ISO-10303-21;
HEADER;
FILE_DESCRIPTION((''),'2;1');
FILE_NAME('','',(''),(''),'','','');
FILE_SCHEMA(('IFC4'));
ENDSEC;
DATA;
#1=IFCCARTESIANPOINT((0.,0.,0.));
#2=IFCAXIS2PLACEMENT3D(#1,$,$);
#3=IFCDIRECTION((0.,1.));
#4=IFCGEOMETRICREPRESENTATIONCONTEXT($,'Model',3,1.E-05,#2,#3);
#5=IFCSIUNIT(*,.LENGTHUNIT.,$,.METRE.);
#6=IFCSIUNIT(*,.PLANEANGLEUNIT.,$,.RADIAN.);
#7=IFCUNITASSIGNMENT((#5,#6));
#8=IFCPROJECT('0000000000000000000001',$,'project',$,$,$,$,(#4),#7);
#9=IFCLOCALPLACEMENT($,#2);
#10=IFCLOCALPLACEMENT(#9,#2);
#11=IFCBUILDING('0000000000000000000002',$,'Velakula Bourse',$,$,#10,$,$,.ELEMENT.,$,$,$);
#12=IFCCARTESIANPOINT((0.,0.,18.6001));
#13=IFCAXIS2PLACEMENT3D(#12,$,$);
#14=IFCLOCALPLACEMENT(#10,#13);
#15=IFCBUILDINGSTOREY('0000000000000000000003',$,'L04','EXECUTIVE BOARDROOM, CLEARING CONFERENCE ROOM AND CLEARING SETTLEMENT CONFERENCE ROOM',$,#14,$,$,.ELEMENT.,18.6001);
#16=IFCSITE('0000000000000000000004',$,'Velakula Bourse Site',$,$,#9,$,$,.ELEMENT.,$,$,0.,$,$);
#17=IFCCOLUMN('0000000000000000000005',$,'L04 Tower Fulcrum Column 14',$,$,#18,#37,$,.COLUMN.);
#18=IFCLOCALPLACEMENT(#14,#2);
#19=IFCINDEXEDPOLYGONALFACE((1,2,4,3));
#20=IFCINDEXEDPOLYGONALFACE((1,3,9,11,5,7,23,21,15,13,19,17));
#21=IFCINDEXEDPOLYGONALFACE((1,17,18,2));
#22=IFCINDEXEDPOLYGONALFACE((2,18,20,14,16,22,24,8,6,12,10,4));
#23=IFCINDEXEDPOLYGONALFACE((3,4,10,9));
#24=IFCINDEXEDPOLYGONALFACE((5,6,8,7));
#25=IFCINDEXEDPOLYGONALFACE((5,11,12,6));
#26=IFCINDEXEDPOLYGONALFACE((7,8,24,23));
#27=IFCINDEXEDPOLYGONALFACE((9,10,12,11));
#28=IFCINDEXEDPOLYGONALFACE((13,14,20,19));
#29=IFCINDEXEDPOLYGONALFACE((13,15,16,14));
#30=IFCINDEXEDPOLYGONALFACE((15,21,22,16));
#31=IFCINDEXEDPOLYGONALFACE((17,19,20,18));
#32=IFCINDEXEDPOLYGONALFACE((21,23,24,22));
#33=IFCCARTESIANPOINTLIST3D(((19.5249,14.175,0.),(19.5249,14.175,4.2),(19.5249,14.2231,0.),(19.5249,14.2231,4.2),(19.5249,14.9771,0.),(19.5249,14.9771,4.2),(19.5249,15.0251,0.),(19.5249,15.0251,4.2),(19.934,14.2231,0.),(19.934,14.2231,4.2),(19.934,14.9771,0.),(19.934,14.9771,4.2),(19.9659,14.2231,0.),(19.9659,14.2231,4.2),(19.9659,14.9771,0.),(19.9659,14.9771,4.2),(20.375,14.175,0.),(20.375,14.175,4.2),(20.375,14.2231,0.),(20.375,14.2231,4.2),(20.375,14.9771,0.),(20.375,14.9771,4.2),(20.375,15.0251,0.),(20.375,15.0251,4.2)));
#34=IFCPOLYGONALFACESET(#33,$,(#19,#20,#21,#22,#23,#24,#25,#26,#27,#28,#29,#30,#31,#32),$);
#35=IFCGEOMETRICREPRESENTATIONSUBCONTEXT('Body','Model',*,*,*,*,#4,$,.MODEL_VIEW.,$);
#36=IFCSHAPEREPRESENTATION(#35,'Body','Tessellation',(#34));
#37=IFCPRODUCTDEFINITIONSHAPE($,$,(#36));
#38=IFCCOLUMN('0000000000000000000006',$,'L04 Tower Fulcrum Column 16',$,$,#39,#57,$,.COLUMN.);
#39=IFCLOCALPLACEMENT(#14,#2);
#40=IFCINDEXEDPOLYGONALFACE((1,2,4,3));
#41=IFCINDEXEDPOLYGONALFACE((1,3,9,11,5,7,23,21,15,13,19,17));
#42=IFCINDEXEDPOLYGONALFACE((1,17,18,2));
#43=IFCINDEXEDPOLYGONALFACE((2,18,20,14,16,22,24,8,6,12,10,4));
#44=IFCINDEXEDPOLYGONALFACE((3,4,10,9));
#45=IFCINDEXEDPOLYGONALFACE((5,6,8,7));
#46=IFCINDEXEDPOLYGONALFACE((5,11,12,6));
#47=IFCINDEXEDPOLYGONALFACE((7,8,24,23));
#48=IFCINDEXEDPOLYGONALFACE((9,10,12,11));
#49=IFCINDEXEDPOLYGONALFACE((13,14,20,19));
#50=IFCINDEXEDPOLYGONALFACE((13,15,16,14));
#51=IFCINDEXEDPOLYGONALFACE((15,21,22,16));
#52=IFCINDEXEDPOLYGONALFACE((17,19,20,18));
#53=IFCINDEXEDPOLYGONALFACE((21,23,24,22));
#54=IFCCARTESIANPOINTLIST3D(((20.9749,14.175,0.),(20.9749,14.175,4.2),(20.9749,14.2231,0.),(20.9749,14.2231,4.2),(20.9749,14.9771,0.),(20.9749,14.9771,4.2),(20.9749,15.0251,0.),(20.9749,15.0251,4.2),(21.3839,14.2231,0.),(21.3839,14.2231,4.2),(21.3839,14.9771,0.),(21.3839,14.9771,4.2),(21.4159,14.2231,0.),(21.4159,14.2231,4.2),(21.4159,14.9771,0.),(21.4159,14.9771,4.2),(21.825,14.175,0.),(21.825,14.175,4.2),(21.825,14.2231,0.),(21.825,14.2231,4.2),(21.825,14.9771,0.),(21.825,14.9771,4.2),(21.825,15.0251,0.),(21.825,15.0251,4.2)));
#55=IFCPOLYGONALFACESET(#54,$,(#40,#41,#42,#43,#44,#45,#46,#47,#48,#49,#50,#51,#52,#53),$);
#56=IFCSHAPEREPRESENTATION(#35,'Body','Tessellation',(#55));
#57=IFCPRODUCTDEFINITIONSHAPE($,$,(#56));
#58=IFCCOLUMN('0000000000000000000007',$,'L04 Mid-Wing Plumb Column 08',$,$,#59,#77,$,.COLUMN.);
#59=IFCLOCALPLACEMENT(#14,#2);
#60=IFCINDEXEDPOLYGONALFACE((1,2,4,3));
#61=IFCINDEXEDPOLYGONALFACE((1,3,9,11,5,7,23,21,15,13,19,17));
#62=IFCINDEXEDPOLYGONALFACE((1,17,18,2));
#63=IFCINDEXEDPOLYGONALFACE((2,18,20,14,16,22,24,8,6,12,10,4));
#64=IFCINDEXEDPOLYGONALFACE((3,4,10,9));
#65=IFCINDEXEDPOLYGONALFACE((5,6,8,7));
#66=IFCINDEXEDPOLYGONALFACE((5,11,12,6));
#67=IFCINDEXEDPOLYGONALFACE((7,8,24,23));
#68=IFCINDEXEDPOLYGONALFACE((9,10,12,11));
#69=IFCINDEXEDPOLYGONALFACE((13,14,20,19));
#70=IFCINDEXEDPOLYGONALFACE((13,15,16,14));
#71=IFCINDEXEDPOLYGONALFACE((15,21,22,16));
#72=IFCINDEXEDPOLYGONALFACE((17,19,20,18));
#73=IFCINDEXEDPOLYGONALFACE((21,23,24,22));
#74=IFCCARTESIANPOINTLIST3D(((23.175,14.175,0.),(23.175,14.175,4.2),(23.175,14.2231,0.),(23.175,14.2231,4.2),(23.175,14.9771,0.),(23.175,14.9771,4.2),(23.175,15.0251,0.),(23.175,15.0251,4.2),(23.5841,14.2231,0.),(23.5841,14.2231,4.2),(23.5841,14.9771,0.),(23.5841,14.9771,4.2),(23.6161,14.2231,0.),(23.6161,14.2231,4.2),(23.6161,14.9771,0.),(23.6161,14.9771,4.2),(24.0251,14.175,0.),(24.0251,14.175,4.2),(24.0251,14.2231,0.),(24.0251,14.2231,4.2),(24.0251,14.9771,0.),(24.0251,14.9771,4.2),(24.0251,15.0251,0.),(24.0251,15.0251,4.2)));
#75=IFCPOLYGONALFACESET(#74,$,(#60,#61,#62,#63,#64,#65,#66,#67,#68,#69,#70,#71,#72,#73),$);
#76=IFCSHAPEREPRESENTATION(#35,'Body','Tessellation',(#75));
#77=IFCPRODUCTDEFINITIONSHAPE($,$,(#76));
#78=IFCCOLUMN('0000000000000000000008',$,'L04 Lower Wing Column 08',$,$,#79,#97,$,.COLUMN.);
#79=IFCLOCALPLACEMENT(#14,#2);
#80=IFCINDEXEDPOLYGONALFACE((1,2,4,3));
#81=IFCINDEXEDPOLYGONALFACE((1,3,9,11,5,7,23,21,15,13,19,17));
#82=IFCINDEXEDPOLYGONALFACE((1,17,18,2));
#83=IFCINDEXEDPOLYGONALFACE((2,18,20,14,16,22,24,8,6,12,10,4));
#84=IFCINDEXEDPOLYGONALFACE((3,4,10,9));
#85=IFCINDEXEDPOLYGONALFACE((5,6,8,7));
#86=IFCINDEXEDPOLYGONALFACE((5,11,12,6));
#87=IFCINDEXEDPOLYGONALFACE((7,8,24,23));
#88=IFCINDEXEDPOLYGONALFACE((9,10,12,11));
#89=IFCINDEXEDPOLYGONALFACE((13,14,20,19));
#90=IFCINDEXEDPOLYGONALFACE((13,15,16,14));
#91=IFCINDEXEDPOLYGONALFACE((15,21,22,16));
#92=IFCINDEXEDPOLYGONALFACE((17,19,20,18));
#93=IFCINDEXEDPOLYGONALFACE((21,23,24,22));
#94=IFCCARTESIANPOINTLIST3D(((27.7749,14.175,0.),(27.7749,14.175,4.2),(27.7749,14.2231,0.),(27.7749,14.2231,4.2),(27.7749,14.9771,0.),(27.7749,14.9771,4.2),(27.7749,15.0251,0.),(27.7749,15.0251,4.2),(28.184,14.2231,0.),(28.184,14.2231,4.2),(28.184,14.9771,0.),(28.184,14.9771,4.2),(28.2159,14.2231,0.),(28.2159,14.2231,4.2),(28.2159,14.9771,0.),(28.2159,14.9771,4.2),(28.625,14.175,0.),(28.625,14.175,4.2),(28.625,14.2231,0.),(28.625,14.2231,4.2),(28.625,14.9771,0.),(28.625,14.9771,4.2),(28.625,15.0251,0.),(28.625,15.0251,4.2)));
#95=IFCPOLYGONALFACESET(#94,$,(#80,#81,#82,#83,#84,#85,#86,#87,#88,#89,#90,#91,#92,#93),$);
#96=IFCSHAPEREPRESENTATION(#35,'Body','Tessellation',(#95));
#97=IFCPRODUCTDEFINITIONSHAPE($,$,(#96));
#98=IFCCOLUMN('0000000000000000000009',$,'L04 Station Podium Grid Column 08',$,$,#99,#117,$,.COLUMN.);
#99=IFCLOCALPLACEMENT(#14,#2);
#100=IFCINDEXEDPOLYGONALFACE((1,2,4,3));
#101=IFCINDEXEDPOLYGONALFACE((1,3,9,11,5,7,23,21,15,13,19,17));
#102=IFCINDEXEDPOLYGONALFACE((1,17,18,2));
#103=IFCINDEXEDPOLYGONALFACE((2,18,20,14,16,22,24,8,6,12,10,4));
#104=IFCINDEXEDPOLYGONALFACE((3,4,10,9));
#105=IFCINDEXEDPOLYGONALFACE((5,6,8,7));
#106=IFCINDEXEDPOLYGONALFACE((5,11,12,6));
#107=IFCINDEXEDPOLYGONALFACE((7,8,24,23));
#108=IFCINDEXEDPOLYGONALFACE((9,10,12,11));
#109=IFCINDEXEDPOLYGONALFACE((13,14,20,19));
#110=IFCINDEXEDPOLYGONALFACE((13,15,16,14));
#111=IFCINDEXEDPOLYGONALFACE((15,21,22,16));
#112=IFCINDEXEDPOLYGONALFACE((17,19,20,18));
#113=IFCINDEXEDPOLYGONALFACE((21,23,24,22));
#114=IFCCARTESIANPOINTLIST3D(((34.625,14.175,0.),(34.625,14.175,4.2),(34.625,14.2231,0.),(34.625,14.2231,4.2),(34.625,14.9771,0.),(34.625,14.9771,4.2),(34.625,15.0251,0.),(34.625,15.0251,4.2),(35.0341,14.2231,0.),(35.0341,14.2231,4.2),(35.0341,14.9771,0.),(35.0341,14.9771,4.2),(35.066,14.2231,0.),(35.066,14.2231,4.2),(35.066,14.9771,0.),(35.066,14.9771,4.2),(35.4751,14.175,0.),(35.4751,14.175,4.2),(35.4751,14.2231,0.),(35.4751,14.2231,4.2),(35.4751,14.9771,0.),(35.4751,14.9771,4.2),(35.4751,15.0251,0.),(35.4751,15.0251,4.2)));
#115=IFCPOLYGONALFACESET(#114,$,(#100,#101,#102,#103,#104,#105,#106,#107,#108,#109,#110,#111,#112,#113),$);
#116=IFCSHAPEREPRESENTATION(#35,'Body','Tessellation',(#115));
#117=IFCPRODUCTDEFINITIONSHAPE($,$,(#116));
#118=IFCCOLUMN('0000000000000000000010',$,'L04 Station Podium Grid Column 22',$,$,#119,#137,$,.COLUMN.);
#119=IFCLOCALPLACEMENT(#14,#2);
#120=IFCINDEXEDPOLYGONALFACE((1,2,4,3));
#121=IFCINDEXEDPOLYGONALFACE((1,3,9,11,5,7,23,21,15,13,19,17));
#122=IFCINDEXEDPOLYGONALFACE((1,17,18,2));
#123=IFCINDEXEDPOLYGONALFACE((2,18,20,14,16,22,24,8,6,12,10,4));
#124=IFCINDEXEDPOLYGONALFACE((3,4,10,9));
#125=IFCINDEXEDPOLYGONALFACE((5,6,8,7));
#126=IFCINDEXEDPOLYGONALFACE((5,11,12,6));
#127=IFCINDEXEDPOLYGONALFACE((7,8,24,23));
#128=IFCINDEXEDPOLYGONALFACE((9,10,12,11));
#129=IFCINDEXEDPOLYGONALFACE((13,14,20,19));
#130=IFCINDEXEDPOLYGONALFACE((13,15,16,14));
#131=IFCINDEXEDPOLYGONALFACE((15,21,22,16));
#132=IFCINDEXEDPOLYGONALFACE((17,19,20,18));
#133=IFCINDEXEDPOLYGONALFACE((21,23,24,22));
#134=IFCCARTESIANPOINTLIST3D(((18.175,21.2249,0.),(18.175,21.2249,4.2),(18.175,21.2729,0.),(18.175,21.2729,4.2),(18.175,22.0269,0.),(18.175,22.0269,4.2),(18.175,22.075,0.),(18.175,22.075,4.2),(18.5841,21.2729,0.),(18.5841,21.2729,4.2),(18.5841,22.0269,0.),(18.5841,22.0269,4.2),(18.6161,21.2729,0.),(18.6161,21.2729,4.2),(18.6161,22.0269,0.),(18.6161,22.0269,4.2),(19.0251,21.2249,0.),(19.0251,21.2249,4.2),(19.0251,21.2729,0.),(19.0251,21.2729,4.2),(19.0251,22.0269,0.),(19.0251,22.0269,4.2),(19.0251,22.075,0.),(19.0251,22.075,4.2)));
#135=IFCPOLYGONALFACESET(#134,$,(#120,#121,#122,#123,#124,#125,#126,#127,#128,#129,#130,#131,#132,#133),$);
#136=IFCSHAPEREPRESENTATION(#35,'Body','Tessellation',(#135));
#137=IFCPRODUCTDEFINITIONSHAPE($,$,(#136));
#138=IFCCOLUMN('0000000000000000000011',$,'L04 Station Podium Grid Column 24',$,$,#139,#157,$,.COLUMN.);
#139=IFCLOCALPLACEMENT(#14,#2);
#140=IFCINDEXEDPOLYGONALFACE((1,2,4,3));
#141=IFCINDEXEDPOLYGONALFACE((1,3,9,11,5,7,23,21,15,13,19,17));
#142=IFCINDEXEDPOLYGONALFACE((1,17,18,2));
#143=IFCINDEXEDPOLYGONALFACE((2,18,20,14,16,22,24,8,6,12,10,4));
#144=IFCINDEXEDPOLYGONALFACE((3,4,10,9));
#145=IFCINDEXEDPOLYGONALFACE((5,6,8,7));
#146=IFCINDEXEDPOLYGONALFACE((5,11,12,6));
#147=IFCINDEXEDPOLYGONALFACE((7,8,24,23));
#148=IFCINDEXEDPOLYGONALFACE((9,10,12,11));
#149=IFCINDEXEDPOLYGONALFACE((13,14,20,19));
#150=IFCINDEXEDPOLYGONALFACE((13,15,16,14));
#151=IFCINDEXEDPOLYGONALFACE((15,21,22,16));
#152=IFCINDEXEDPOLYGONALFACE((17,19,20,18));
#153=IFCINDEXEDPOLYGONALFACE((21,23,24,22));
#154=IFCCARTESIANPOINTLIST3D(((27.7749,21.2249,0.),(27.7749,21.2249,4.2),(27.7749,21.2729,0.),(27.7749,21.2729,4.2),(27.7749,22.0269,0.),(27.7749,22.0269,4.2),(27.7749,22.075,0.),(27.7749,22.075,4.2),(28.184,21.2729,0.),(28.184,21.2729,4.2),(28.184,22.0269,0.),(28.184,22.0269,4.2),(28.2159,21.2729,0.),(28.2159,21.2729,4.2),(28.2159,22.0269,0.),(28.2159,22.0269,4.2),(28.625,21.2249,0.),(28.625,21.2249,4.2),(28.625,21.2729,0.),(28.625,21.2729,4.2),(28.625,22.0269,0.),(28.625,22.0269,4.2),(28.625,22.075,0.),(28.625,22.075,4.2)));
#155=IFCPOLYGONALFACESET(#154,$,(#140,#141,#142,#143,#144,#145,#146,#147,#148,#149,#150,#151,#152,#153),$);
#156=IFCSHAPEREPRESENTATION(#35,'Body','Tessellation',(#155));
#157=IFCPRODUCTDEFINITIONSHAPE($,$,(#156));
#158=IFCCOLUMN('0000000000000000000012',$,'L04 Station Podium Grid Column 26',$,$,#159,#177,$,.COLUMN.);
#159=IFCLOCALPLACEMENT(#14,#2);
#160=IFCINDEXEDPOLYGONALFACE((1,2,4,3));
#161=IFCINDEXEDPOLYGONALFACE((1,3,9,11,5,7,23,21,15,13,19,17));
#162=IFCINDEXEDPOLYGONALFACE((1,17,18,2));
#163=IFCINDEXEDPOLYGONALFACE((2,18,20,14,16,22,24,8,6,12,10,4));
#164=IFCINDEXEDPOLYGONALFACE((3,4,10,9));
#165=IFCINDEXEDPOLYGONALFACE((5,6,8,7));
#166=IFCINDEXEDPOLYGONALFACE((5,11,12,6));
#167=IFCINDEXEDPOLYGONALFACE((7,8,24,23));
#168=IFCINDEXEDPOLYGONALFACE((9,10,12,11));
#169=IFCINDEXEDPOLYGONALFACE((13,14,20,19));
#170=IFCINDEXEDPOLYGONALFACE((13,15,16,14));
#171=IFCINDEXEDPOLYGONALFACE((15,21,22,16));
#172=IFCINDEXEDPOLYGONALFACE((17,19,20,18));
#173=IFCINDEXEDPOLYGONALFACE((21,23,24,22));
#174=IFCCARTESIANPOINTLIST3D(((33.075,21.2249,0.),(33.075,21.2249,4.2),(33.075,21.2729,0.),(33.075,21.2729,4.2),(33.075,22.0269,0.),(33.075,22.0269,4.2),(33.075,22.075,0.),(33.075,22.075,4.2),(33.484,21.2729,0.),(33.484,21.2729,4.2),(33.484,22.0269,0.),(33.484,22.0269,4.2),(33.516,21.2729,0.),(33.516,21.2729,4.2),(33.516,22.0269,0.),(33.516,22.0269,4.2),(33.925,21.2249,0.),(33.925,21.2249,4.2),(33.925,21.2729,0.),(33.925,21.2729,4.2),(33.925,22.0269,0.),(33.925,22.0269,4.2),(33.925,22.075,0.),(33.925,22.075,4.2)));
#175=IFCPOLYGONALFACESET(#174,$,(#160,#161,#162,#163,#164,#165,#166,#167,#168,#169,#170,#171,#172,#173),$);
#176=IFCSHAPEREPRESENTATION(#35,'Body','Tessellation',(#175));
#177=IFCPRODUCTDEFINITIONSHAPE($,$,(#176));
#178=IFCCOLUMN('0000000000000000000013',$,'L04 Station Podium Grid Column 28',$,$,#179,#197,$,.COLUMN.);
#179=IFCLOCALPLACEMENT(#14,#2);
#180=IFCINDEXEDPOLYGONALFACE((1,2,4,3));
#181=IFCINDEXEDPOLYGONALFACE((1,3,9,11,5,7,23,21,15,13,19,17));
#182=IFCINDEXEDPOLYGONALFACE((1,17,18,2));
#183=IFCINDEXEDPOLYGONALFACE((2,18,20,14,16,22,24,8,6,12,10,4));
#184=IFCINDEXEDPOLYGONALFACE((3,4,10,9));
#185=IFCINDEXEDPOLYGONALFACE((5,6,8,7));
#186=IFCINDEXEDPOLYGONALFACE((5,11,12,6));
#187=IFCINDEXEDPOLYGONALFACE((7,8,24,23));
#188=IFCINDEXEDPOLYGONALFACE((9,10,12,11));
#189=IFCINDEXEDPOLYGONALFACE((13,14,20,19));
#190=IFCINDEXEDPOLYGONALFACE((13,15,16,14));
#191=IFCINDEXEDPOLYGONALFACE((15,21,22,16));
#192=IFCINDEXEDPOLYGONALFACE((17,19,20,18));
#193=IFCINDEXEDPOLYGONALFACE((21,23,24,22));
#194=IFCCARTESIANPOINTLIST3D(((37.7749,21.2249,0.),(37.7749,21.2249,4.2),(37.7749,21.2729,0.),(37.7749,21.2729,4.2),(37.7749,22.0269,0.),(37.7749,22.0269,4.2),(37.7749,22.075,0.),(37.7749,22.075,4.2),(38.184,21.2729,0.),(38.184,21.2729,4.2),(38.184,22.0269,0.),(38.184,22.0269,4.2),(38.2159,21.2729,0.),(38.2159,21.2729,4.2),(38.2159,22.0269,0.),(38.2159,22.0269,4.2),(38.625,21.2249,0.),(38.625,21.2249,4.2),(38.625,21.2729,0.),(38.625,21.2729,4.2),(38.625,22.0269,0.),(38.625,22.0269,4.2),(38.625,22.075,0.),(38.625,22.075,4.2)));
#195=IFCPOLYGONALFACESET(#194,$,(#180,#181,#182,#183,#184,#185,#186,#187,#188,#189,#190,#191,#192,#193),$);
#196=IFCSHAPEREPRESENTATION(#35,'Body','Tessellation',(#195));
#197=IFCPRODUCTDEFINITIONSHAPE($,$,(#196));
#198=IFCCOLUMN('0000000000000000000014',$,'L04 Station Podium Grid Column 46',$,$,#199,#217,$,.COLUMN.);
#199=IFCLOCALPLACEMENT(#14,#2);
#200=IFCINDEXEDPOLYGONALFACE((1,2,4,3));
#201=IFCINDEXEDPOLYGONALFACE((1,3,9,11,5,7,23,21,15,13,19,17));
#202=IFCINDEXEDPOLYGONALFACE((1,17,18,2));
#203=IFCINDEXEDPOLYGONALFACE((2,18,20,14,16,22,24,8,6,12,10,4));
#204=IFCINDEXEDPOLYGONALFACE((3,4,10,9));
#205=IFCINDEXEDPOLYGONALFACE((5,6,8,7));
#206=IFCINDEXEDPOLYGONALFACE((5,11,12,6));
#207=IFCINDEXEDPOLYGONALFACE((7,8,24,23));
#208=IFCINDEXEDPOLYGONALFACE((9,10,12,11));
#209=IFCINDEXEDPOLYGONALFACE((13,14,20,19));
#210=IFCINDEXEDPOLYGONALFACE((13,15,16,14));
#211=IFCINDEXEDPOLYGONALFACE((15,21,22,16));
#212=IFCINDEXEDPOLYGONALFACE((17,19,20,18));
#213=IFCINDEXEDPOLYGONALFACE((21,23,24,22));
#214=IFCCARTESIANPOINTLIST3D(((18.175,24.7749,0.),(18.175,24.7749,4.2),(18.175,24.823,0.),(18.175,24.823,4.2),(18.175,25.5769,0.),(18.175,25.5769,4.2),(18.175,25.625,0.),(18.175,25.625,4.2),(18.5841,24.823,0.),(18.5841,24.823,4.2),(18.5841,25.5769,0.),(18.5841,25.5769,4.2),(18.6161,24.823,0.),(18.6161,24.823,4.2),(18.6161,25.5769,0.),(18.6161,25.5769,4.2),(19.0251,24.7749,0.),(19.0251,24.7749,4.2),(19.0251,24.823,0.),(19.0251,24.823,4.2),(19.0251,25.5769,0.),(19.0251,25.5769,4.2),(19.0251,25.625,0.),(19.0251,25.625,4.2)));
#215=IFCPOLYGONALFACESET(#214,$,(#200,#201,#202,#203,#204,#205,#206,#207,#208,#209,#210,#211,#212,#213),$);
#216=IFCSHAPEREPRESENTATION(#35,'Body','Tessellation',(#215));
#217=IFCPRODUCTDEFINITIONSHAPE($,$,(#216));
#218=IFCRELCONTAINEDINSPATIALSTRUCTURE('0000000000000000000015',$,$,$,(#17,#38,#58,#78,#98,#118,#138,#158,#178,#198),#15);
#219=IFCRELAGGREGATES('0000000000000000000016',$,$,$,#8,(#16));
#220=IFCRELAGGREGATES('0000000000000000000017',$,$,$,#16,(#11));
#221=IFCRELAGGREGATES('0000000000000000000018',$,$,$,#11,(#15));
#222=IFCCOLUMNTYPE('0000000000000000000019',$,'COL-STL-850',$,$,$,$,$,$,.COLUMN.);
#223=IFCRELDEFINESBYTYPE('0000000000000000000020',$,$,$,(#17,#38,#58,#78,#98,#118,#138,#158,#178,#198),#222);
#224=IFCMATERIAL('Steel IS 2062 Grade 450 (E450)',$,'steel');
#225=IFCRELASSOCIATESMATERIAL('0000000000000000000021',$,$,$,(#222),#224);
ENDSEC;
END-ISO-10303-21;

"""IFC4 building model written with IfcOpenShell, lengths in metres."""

from ifc_helpers import new_model, si_unit, direction, frame, origin, origin_2d, place, context, subcontext, project, spatial, i_section, extrude, material, material_profile, profile_set, type_object, element, save


model = new_model("IFC4")

# Units and contexts
model_context = context("Model", 3, precision=1e-05, world=origin(), true_north=direction((0.0, 1.0)))
body_context = subcontext(model_context, "Body", "Model", "MODEL_VIEW")
ifc_project = project(units=[si_unit("LENGTHUNIT", "METRE"), si_unit("PLANEANGLEUNIT", "RADIAN")], contexts=[model_context])

# Site, building, storey
site_placement = place(None, origin())
site = spatial("IfcSite", under=ifc_project, at=site_placement, Name="Velakula Bourse Site", CompositionType="ELEMENT", RefElevation=0.0)
building_placement = place(site_placement, origin())
building = spatial("IfcBuilding", under=site, at=building_placement, Name="Velakula Bourse", CompositionType="ELEMENT")
storey_placement = place(building_placement, frame((0.0, 0.0, 18.6001)))
storey = spatial("IfcBuildingStorey", under=building, at=storey_placement, Name="L04", Description="EXECUTIVE BOARDROOM, CLEARING CONFERENCE ROOM AND CLEARING SETTLEMENT CONFERENCE ROOM", CompositionType="ELEMENT", Elevation=18.6001)

# Columns
ifc_material_1 = material(Name="Steel IS 2062 Grade 450 (E450)", Category="steel")
ifc_material_profile_1 = material_profile(ifc_material_1, i_section(OverallWidth=0.8501, OverallDepth=0.8501, WebThickness=0.032, FlangeThickness=0.0481, at=origin_2d()), Name="Steel IS 2062 Grade 450 (E450)")
ifc_profile_set_1 = profile_set([ifc_material_profile_1], Name="Steel IS 2062 Grade 450 (E450)")
column_type = type_object("IfcColumnType", Name="COL-STL-850", PredefinedType="COLUMN", material=ifc_profile_set_1)
for number, where, z_axis, x_axis, name in (
    (1, (19.95, 14.6001, 0.0), (0.0, 0.0, 1.0), (1.0, 0.0, 0.0), "L04 Tower Fulcrum Column 14"),
    (2, (21.3999, 14.6001, 0.0), (0.0, 0.0, 1.0), (1.0, 0.0, 0.0), "L04 Tower Fulcrum Column 16"),
    (3, (23.6001, 14.6001, 0.0), (0.0, 0.0, 1.0), (1.0, 0.0, 0.0), "L04 Mid-Wing Plumb Column 08"),
    (4, (28.2, 14.6001, 0.0), (0.0, 0.0, 1.0), (1.0, 0.0, 0.0), "L04 Lower Wing Column 08"),
    (5, (35.05, 14.6001, 0.0), (0.0, 0.0, 1.0), (1.0, 0.0, 0.0), "L04 Station Podium Grid Column 08"),
    (6, (18.6001, 21.6499, 0.0), (0.0, 0.0, 1.0), (1.0, 0.0, 0.0), "L04 Station Podium Grid Column 22"),
    (7, (28.2, 21.6499, 0.0), (0.0, 0.0, 1.0), (1.0, 0.0, 0.0), "L04 Station Podium Grid Column 24"),
    (8, (33.5, 21.6499, 0.0), (0.0, 0.0, 1.0), (1.0, 0.0, 0.0), "L04 Station Podium Grid Column 26"),
    (9, (38.2, 21.6499, 0.0), (0.0, 0.0, 1.0), (1.0, 0.0, 0.0), "L04 Station Podium Grid Column 28"),
    (10, (18.6001, 25.2, 0.0), (0.0, 0.0, 1.0), (1.0, 0.0, 0.0), "L04 Station Podium Grid Column 46"),
):
    element("IfcColumn", number, at=place(storey_placement, frame(where, z_axis=z_axis, x_axis=x_axis)), inside=storey, type_object=column_type, Name=name, PredefinedType="COLUMN", context=body_context, shape_type="SweptSolid", body=[
        extrude(i_section(OverallWidth=0.8501, OverallDepth=0.8501, WebThickness=0.032, FlangeThickness=0.0481, at=origin_2d()), origin(), (0.0, 0.0, 1.0), 4.2),
    ])

save(model, "model.ifc")
